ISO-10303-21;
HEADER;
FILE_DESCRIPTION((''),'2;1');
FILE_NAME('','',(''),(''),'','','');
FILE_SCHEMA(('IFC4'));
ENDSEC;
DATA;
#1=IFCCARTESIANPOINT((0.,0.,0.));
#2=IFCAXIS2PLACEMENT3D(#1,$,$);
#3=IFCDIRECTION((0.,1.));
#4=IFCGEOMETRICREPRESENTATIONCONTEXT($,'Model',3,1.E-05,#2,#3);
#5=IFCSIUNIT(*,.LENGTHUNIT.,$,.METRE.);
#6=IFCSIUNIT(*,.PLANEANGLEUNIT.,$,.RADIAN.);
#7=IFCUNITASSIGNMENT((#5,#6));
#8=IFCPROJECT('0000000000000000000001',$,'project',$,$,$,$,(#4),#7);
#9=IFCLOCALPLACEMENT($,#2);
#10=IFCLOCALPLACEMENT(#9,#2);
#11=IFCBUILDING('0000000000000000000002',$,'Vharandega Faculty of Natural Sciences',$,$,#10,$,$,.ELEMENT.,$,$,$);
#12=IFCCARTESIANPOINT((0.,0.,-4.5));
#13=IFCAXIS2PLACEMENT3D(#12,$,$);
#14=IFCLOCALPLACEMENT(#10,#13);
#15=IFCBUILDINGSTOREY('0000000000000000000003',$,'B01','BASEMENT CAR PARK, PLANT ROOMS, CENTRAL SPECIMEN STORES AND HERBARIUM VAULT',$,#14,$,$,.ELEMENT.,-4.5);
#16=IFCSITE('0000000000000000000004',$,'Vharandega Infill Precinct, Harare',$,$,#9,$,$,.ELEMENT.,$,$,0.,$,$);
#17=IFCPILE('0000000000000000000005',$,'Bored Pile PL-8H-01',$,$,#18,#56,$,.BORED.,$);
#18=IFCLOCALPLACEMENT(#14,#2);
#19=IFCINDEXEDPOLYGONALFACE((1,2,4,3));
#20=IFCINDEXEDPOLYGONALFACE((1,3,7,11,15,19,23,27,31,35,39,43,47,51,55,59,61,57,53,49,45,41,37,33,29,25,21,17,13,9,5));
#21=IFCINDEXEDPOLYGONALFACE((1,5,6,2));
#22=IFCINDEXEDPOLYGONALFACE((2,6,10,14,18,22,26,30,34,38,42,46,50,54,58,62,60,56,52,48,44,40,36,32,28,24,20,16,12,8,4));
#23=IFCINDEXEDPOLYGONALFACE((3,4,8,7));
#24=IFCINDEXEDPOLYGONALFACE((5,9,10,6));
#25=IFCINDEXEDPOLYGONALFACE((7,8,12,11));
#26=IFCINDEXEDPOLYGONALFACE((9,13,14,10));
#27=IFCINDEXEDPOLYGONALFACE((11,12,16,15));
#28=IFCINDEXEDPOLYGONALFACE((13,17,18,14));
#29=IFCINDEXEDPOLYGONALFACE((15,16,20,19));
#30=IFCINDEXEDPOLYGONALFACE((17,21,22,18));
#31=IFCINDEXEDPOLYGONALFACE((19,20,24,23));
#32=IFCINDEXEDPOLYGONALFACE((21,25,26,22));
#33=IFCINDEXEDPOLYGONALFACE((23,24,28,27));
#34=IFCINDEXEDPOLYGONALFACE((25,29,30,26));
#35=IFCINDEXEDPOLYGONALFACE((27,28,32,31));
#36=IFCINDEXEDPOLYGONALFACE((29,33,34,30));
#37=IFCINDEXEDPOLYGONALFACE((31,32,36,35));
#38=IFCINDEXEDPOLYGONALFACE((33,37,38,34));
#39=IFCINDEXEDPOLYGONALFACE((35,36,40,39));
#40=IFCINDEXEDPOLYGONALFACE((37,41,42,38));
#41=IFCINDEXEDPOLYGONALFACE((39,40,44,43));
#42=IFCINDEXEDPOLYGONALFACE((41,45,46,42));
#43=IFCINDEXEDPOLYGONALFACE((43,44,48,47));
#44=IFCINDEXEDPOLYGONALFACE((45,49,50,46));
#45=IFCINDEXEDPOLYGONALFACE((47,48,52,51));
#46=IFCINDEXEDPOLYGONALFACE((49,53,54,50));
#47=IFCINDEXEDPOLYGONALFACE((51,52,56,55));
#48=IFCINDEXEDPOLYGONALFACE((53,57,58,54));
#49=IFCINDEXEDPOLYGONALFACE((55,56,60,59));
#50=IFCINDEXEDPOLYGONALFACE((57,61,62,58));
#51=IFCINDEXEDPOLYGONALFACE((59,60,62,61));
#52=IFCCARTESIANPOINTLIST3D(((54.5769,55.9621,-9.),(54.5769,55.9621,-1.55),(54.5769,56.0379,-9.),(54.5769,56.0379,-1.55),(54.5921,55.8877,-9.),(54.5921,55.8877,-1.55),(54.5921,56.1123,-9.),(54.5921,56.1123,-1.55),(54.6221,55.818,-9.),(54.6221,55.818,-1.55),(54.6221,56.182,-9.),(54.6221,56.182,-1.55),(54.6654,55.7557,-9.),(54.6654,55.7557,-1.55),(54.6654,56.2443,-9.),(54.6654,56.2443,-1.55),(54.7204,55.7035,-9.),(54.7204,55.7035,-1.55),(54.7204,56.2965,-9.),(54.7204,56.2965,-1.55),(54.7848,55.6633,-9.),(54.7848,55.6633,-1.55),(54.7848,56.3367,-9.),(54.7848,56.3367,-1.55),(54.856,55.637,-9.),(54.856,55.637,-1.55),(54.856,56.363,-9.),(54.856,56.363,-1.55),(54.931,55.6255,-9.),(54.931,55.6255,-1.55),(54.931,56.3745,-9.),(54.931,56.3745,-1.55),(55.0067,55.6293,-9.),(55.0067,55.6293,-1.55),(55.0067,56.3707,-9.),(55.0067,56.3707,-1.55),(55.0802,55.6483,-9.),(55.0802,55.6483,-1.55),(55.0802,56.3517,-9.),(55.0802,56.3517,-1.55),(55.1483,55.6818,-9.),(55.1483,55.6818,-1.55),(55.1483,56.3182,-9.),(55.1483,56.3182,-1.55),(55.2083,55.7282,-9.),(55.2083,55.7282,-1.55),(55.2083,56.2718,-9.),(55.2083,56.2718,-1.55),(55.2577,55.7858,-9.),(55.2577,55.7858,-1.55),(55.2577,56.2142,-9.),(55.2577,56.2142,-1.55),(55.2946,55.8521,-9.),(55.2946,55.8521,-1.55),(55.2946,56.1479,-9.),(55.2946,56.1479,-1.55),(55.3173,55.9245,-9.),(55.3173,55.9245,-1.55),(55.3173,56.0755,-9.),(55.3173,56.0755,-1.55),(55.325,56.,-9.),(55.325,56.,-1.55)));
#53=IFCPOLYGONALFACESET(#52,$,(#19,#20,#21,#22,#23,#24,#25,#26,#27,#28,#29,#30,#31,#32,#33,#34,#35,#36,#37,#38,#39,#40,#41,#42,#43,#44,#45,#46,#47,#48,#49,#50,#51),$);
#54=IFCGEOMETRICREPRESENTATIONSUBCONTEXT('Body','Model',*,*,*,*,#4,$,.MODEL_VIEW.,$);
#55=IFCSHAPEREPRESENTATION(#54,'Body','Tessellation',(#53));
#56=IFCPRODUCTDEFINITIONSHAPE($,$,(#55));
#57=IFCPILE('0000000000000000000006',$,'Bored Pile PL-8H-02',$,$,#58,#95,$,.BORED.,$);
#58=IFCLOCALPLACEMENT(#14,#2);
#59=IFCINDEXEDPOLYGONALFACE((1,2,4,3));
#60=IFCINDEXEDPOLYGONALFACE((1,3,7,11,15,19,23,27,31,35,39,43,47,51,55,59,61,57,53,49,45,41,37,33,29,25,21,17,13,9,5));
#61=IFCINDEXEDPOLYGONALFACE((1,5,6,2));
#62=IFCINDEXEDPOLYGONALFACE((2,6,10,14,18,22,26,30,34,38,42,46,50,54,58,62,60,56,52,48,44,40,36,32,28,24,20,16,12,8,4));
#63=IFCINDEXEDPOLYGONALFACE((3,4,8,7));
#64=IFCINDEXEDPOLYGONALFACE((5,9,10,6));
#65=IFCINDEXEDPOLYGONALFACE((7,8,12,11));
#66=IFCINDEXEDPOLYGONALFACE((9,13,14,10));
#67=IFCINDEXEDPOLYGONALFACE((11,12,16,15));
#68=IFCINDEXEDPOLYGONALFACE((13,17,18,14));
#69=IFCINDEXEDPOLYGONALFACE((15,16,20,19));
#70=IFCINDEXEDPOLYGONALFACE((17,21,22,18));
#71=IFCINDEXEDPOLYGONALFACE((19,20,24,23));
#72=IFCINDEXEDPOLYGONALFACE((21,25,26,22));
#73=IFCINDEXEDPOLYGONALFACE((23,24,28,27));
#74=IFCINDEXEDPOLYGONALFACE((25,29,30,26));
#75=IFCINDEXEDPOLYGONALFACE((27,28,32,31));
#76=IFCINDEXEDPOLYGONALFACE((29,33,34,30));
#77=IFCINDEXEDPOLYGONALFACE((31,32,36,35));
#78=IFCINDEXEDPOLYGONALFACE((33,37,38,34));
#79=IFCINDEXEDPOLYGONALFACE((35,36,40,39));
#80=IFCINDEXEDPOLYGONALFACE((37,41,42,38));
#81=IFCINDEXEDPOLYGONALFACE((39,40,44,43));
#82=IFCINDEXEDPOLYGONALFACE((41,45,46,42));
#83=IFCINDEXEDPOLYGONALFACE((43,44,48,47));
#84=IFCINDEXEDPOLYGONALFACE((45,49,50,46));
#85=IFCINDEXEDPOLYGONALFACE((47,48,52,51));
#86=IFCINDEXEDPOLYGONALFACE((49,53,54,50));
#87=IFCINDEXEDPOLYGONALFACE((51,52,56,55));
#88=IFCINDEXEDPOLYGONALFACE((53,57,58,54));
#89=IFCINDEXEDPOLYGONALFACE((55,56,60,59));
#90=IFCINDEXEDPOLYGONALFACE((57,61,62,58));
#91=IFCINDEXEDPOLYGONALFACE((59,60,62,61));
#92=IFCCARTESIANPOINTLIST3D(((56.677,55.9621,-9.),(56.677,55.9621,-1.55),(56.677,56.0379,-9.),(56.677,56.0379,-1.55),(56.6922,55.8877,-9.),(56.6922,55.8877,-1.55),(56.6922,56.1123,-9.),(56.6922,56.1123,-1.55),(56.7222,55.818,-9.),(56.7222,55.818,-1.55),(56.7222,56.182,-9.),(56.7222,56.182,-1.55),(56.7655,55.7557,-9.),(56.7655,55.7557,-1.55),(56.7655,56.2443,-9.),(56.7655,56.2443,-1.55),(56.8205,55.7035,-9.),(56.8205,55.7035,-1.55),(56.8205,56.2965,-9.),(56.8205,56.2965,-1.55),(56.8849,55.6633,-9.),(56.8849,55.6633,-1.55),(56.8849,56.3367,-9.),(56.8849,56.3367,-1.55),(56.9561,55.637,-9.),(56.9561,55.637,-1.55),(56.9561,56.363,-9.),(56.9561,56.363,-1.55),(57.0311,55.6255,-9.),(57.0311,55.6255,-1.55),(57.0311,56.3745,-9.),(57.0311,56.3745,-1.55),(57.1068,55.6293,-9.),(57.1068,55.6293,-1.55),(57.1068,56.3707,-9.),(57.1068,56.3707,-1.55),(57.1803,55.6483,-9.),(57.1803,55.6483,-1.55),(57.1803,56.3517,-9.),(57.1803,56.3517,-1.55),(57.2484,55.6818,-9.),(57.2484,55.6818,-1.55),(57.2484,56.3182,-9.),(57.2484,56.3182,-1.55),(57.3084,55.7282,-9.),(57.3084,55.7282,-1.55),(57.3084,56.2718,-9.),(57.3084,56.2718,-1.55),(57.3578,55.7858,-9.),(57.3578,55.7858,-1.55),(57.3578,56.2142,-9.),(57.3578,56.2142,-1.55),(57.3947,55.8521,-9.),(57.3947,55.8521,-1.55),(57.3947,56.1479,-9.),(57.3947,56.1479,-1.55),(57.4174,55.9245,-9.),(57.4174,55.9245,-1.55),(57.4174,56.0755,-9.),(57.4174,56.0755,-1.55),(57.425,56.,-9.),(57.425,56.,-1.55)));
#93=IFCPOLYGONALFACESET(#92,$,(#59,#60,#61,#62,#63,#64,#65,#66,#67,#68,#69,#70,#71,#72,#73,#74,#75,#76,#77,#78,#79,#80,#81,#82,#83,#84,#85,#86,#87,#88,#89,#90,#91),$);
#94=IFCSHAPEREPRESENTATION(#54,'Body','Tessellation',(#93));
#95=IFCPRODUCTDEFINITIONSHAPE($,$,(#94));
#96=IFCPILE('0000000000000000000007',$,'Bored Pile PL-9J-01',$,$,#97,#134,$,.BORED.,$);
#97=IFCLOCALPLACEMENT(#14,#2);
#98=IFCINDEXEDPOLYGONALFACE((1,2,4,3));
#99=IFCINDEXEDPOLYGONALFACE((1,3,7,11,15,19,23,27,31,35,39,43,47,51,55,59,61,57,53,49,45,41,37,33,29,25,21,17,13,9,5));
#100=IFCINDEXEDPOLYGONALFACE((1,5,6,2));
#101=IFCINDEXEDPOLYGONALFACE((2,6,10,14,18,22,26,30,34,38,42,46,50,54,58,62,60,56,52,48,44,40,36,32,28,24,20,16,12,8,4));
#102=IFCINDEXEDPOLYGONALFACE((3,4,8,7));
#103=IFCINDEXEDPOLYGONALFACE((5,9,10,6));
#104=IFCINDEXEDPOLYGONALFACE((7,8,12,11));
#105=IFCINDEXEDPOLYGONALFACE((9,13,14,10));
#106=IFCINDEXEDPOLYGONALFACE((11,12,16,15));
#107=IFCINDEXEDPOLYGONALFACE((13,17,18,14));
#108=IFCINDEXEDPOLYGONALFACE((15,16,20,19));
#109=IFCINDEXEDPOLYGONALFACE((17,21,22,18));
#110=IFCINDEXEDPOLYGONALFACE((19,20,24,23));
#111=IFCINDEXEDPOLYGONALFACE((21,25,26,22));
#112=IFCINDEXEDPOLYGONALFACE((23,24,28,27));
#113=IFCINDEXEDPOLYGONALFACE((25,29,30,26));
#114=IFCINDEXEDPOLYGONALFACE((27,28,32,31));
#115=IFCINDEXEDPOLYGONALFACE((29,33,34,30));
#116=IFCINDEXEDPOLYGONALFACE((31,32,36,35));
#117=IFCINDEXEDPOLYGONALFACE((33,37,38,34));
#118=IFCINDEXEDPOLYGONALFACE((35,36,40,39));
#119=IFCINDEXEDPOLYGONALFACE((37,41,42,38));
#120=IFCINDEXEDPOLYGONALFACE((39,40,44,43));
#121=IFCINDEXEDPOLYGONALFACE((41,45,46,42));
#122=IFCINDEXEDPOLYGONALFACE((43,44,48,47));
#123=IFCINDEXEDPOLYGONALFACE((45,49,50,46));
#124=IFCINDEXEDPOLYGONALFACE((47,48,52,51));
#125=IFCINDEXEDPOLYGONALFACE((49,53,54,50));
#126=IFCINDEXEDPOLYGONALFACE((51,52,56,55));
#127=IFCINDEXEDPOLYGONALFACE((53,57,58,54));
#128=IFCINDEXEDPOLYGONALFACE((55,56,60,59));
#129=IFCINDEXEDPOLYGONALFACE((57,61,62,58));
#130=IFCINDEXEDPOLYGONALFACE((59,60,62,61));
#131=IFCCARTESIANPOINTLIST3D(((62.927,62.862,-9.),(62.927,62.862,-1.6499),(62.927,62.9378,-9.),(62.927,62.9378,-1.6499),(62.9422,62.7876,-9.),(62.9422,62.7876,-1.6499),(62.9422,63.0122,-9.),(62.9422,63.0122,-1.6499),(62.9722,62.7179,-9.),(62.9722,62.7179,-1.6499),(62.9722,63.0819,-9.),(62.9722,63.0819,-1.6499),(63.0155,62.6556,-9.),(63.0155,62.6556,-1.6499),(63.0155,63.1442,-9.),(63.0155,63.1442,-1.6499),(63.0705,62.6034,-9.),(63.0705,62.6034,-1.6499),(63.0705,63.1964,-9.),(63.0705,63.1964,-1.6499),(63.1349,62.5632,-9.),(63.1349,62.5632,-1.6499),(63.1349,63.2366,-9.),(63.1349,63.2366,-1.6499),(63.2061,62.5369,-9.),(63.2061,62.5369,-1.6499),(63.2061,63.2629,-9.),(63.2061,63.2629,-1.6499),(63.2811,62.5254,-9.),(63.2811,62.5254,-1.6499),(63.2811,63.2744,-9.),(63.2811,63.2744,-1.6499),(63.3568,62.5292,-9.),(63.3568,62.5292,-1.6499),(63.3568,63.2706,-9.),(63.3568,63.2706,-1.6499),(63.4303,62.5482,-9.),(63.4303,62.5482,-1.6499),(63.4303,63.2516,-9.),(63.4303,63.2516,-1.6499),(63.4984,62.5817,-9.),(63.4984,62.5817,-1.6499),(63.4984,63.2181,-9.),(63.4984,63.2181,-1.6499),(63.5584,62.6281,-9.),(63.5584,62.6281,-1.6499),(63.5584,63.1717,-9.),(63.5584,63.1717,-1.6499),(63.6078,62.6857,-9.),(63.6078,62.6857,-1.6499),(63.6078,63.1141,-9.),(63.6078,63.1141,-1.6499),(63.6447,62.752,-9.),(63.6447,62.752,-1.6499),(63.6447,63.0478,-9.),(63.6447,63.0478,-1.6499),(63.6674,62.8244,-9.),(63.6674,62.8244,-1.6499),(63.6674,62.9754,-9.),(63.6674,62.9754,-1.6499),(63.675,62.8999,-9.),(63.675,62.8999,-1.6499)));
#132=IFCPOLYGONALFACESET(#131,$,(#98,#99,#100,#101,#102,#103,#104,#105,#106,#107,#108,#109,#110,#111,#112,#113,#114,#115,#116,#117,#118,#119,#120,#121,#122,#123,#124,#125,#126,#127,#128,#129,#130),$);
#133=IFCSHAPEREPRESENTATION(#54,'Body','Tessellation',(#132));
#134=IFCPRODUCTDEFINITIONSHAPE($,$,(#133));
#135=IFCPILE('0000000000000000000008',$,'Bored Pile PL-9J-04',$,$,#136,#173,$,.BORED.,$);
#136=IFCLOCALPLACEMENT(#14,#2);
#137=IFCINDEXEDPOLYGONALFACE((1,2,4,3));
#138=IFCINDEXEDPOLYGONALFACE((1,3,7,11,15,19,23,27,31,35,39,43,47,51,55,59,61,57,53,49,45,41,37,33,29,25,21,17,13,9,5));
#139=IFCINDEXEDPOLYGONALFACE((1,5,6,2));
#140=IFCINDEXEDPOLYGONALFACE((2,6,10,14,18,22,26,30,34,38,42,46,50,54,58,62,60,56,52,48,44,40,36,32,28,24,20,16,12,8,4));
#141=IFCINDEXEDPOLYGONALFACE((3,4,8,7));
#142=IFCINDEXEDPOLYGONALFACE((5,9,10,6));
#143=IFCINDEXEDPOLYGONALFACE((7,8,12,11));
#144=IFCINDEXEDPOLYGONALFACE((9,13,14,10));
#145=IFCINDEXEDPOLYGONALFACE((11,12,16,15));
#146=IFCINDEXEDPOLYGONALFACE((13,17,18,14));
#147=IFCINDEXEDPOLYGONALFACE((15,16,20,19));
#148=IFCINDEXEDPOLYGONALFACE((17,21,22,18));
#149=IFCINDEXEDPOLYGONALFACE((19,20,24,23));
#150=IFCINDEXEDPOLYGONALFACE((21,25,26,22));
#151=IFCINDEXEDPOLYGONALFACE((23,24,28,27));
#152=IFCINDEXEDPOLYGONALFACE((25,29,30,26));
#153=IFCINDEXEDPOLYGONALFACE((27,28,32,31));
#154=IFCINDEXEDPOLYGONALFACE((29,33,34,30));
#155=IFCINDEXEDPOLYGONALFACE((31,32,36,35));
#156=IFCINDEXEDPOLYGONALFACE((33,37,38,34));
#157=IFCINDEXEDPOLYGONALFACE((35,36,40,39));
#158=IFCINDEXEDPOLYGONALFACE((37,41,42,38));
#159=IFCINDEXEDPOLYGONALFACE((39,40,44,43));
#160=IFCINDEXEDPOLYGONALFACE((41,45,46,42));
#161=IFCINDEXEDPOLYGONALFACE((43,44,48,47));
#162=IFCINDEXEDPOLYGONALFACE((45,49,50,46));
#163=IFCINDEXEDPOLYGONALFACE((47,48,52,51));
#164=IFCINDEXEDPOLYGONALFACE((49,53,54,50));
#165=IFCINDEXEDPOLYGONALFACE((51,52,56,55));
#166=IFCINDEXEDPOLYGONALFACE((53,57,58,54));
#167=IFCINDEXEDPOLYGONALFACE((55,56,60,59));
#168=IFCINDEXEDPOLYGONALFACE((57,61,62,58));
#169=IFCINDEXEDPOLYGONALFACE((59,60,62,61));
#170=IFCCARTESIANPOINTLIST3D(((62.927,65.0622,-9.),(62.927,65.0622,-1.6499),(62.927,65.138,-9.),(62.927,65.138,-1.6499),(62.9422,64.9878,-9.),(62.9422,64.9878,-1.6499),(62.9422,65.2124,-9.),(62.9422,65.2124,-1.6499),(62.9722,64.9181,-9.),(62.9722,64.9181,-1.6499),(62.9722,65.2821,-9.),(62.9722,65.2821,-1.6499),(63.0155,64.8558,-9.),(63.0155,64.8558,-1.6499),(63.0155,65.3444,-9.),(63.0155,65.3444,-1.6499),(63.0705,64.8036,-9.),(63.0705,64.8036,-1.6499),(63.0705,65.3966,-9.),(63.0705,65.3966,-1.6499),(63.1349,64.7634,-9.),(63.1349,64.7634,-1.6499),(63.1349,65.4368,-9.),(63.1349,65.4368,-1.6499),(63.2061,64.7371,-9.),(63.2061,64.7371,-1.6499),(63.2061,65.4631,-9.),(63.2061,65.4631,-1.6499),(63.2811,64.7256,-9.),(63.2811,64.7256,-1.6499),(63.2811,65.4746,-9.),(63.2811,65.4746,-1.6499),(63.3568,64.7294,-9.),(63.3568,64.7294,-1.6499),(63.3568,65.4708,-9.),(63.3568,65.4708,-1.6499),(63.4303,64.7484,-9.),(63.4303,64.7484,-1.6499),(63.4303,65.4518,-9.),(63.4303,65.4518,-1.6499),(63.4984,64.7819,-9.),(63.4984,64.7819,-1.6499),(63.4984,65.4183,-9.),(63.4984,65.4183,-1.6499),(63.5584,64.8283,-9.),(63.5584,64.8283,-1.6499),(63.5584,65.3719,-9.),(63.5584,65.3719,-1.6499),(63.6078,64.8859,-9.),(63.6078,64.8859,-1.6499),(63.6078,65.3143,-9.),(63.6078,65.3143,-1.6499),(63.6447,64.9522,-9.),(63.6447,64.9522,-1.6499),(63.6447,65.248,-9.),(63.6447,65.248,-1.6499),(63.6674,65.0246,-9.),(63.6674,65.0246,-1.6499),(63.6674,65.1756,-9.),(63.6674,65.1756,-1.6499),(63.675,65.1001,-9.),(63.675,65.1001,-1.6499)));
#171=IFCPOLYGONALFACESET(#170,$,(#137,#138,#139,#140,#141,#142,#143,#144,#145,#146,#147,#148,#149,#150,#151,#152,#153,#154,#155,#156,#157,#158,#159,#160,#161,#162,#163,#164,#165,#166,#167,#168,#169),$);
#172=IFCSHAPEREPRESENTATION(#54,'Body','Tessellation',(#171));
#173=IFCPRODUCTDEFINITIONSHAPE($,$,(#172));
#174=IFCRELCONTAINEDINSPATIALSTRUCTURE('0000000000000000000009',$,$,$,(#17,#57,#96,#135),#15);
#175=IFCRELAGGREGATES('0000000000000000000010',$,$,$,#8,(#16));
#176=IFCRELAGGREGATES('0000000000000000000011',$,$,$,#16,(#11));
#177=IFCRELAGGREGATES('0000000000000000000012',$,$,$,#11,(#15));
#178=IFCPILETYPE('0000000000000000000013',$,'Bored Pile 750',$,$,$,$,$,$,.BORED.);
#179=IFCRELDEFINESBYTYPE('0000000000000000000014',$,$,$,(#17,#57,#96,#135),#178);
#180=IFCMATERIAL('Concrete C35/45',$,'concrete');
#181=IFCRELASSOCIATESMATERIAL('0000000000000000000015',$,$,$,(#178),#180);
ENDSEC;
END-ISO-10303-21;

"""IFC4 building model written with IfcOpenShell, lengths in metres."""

from ifc_helpers import new_model, si_unit, direction, frame, origin, origin_2d, place, context, subcontext, project, spatial, circle, extrude, material, material_profile, profile_set, type_object, element, save


model = new_model("IFC4")

# Units and contexts
model_context = context("Model", 3, precision=1e-05, world=origin(), true_north=direction((0.0, 1.0)))
body_context = subcontext(model_context, "Body", "Model", "MODEL_VIEW")
ifc_project = project(units=[si_unit("LENGTHUNIT", "METRE"), si_unit("PLANEANGLEUNIT", "RADIAN")], contexts=[model_context])

# Site, building, storey
site_placement = place(None, origin())
site = spatial("IfcSite", under=ifc_project, at=site_placement, Name="Vharandega Infill Precinct, Harare", CompositionType="ELEMENT", RefElevation=0.0)
building_placement = place(site_placement, origin())
building = spatial("IfcBuilding", under=site, at=building_placement, Name="Vharandega Faculty of Natural Sciences", CompositionType="ELEMENT")
storey_placement = place(building_placement, frame((0.0, 0.0, -4.5)))
storey = spatial("IfcBuildingStorey", under=building, at=storey_placement, Name="B01", Description="BASEMENT CAR PARK, PLANT ROOMS, CENTRAL SPECIMEN STORES AND HERBARIUM VAULT", CompositionType="ELEMENT", Elevation=-4.5)

# Piles
ifc_material_1 = material(Name="Concrete C35/45", Category="concrete")
ifc_material_profile_1 = material_profile(ifc_material_1, circle(Radius=0.375, at=origin_2d()), Name="PILE 750")
ifc_profile_set_1 = profile_set([ifc_material_profile_1], Name="Concrete C35/45")
pile_type_1 = type_object("IfcPileType", Name="Bored Pile 750", PredefinedType="BORED", material=ifc_profile_set_1)
for number, where, z_axis, x_axis, name in (
    (1, (54.95, 56.0, -1.55), (0.0, 0.0, -1.0), (1.0, 0.0, 0.0), "Bored Pile PL-8H-01"),
    (2, (57.05, 56.0, -1.55), (0.0, 0.0, -1.0), (1.0, 0.0, 0.0), "Bored Pile PL-8H-02"),
):
    element("IfcPile", number, at=place(storey_placement, frame(where, z_axis=z_axis, x_axis=x_axis)), inside=storey, type_object=pile_type_1, Name=name, PredefinedType="BORED", context=body_context, shape_type="SweptSolid", body=[
        extrude(circle(Radius=0.375, at=origin_2d()), origin(), (0.0, 0.0, 1.0), 7.45),
    ])
for number, where, z_axis, x_axis, name in (
    (3, (63.3, 62.8999, -1.6499), (0.0, 0.0, -1.0), (1.0, 0.0, 0.0), "Bored Pile PL-9J-01"),
    (4, (63.3, 65.1001, -1.6499), (0.0, 0.0, -1.0), (1.0, 0.0, 0.0), "Bored Pile PL-9J-04"),
):
    element("IfcPile", number, at=place(storey_placement, frame(where, z_axis=z_axis, x_axis=x_axis)), inside=storey, type_object=pile_type_1, Name=name, PredefinedType="BORED", context=body_context, shape_type="SweptSolid", body=[
        extrude(circle(Radius=0.375, at=origin_2d()), origin(), (0.0, 0.0, 1.0), 7.3501),
    ])

save(model, "model.ifc")
